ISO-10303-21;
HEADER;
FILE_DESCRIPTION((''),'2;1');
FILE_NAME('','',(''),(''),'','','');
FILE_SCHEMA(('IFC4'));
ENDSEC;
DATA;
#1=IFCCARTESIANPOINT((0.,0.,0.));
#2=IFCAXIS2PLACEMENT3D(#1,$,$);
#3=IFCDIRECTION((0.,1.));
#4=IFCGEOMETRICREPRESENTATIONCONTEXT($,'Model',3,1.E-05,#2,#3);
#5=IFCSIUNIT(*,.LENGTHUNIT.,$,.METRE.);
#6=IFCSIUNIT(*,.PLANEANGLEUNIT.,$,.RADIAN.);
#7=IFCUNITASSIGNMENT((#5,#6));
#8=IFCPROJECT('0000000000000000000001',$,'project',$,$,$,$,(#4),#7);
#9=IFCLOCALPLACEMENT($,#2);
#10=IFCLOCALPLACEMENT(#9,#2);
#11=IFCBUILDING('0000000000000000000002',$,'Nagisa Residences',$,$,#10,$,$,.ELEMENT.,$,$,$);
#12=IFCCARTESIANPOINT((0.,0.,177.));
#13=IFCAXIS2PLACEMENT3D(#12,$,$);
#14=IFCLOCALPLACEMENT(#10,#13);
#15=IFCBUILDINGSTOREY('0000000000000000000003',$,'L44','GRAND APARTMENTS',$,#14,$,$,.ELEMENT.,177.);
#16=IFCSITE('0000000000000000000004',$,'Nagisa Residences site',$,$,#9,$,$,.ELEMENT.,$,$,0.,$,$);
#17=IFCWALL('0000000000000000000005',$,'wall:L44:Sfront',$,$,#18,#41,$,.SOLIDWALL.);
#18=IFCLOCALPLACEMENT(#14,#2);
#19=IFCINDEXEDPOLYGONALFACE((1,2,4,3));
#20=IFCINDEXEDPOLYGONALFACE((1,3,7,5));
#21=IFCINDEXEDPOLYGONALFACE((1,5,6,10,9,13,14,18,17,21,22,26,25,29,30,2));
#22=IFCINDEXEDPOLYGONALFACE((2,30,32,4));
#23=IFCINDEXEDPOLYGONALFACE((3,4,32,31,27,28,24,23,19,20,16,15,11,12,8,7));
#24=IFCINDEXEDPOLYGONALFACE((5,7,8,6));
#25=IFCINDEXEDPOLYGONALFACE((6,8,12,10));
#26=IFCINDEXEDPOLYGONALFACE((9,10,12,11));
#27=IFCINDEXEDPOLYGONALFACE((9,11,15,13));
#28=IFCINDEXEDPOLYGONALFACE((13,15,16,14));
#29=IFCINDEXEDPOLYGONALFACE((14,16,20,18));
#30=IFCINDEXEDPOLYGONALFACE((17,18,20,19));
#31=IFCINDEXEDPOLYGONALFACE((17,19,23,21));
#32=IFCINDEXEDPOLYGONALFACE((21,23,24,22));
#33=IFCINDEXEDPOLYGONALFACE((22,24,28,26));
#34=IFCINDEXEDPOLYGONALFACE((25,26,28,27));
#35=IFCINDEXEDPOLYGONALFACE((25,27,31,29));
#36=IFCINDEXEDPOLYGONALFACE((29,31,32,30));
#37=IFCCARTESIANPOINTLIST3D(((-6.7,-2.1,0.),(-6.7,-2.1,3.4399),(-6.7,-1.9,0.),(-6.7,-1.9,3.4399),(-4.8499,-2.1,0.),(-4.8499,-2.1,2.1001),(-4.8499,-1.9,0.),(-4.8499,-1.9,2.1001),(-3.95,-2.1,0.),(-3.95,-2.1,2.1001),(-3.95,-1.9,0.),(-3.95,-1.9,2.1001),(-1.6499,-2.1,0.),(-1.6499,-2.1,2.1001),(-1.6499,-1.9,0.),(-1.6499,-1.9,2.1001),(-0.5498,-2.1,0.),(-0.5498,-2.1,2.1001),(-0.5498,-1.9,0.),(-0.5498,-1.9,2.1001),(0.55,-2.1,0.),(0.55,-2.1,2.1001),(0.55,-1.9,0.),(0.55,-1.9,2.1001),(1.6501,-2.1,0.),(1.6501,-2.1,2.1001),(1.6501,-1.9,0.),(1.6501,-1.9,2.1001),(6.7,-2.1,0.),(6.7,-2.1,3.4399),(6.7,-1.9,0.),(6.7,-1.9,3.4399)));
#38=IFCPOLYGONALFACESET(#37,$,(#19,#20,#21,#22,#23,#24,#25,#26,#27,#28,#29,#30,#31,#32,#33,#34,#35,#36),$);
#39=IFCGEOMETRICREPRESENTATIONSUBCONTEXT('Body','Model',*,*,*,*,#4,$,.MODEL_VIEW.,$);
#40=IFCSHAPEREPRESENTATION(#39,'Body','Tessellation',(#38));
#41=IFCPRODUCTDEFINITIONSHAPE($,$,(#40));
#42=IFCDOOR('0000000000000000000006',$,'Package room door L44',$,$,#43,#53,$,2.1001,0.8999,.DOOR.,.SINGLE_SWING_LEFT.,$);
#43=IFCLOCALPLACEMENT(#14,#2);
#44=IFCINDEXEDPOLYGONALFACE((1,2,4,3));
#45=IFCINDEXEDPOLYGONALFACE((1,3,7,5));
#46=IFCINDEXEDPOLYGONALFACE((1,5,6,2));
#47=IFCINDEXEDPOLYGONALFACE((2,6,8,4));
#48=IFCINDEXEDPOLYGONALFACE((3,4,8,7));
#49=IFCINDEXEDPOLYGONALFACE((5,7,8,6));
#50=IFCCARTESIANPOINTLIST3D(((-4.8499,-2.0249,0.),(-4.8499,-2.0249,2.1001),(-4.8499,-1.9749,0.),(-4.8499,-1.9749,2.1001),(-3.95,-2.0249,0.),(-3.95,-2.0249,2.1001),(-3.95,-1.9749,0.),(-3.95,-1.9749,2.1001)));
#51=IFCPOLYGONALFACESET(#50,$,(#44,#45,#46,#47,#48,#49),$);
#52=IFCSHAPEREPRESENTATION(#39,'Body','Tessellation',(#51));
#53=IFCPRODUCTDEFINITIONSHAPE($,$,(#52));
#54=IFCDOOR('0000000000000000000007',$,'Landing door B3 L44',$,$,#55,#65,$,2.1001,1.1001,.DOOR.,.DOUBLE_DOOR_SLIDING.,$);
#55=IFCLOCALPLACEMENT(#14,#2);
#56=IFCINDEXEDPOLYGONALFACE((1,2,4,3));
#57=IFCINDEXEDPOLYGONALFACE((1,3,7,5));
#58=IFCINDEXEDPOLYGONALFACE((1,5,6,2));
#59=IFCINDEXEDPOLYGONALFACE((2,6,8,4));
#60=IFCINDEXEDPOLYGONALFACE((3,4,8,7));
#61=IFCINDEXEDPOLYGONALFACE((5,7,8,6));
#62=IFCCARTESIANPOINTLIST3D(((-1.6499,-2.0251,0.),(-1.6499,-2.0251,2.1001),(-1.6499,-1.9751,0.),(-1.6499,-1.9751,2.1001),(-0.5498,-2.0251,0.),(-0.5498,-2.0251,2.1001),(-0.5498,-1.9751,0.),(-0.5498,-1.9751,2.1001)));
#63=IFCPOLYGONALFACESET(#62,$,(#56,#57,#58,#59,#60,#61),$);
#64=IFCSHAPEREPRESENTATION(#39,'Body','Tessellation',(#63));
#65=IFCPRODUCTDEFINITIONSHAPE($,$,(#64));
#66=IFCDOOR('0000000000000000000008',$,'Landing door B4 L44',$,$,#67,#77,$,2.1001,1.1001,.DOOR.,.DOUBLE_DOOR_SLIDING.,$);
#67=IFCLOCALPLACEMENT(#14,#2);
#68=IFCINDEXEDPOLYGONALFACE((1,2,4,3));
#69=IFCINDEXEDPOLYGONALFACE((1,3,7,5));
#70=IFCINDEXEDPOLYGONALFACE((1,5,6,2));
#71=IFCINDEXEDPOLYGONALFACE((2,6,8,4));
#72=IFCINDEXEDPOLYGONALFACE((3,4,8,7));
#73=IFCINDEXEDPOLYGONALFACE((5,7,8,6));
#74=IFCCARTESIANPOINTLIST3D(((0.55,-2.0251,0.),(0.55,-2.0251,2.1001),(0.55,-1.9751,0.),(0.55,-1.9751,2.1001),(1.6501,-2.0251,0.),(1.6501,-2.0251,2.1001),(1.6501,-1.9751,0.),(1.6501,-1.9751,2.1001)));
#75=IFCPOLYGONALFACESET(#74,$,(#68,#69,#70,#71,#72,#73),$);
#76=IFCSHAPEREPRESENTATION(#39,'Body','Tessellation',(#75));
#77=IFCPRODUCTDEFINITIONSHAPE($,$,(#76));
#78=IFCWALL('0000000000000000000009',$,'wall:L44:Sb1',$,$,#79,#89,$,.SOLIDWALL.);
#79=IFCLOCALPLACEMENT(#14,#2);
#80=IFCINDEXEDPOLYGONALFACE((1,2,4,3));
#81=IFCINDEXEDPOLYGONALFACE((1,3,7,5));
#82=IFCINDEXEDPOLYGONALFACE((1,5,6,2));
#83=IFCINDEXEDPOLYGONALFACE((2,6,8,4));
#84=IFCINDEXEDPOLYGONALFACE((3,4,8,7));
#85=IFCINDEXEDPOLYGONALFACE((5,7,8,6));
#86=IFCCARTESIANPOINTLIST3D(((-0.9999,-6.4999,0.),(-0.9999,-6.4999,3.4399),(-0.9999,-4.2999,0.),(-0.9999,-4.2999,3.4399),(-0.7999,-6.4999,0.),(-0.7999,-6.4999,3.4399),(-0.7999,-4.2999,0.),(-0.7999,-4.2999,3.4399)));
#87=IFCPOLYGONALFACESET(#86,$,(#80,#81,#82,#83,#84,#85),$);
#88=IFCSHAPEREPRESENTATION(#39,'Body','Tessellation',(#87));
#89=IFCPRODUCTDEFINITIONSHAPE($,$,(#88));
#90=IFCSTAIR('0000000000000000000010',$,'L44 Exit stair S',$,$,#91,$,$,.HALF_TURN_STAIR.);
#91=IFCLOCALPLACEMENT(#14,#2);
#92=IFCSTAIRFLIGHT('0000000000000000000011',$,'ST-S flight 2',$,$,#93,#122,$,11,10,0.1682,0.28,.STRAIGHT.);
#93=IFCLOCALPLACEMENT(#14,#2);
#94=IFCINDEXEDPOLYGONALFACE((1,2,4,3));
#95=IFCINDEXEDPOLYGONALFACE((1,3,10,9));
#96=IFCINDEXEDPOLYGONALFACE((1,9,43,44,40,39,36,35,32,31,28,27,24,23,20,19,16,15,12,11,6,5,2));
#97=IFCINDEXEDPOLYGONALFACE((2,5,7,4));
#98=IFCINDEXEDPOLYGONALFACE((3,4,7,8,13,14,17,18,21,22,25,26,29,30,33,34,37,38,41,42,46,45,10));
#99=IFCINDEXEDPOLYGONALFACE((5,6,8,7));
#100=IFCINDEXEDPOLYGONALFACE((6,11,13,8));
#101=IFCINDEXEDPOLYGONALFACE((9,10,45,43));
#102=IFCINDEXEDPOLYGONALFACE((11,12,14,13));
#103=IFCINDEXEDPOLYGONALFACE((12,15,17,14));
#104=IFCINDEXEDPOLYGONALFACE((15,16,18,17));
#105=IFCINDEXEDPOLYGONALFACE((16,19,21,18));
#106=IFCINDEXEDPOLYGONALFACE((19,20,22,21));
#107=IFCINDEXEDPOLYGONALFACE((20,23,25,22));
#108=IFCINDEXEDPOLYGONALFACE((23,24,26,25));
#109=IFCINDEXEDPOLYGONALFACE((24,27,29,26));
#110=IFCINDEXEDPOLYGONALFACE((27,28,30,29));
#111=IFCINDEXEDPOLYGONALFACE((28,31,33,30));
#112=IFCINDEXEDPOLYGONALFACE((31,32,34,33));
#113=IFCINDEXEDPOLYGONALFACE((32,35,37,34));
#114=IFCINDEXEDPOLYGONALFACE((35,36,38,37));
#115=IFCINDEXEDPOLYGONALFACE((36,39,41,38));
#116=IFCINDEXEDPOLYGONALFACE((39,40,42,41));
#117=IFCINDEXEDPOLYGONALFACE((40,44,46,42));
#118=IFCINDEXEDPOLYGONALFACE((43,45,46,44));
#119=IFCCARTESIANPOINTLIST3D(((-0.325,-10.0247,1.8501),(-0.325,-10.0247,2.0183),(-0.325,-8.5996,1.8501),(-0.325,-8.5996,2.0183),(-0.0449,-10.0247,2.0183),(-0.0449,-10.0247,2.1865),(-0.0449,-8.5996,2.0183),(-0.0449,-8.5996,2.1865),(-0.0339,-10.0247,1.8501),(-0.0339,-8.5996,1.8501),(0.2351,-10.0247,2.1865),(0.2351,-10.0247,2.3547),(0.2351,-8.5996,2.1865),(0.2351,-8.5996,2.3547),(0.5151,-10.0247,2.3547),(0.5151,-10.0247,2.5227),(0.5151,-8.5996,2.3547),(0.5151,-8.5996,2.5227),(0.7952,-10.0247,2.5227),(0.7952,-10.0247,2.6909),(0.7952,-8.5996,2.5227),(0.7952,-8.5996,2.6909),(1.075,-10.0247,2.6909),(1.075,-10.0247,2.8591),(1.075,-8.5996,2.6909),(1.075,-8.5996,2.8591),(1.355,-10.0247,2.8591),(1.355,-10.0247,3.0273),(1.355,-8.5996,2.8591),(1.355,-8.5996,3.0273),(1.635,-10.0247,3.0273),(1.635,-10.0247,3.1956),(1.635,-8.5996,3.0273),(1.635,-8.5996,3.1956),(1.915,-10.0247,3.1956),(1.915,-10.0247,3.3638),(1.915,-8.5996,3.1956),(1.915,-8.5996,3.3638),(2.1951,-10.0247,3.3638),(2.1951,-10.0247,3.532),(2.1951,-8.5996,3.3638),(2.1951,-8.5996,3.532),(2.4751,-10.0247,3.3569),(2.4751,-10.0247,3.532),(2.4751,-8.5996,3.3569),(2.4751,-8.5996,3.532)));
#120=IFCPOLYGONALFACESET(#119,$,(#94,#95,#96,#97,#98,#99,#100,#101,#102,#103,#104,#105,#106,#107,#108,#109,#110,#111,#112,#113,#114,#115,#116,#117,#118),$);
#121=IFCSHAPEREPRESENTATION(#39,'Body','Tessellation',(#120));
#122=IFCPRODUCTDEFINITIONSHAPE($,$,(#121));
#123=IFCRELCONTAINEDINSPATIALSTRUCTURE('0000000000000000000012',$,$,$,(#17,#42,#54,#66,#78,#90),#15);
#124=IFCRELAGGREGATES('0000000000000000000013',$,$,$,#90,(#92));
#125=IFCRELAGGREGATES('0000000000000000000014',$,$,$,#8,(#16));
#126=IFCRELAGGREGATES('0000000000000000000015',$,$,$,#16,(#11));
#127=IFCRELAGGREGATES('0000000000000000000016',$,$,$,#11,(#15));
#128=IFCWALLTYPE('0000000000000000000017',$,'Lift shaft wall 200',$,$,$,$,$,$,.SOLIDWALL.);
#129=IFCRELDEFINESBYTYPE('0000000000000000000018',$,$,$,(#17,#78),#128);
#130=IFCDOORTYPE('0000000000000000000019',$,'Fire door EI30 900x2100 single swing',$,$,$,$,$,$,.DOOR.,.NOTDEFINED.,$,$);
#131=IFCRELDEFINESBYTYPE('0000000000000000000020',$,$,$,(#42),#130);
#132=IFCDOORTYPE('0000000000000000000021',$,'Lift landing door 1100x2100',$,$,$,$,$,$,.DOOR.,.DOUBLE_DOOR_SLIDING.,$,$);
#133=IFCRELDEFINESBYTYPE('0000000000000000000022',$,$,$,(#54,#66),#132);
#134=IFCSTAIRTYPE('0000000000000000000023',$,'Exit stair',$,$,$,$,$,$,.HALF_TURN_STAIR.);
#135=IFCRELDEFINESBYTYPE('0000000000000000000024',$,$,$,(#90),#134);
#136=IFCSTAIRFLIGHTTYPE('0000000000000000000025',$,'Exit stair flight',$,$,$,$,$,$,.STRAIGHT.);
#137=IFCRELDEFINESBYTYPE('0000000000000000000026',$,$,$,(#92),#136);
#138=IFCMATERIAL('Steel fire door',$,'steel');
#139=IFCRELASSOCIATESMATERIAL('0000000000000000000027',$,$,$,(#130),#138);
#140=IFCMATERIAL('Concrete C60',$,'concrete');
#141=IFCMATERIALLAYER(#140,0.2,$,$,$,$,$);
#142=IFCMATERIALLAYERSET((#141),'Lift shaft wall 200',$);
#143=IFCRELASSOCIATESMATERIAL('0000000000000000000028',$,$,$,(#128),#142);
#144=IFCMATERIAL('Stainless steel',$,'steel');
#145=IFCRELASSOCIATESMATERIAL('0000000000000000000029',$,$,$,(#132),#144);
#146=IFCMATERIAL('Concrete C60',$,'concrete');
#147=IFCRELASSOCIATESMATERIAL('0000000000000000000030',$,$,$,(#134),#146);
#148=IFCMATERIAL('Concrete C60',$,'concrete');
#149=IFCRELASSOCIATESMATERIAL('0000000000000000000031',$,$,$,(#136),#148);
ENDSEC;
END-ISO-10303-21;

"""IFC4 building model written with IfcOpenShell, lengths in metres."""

from ifc_helpers import new_model, si_unit, direction, frame, frame_2d, origin, place, context, subcontext, project, spatial, polyline, rectangle, outline, extrude, material, layer, layer_set, type_object, element, fill, aggregate, save


model = new_model("IFC4")

# Units and contexts
model_context = context("Model", 3, precision=1e-05, world=origin(), true_north=direction((0.0, 1.0)))
body_context = subcontext(model_context, "Body", "Model", "MODEL_VIEW")
ifc_project = project(units=[si_unit("LENGTHUNIT", "METRE"), si_unit("PLANEANGLEUNIT", "RADIAN")], contexts=[model_context])

# Site, building, storey
site_placement = place(None, origin())
site = spatial("IfcSite", under=ifc_project, at=site_placement, Name="Nagisa Residences site", CompositionType="ELEMENT", RefElevation=0.0)
building_placement = place(site_placement, origin())
building = spatial("IfcBuilding", under=site, at=building_placement, Name="Nagisa Residences", CompositionType="ELEMENT")
storey_placement = place(building_placement, frame((0.0, 0.0, 177.0)))
storey = spatial("IfcBuildingStorey", under=building, at=storey_placement, Name="L44", Description="GRAND APARTMENTS", CompositionType="ELEMENT", Elevation=177.0)

# Shared definitions
ifc_material_1 = material(Name="Steel fire door", Category="steel")
door_type_1 = type_object("IfcDoorType", Name="Fire door EI30 900x2100 single swing", OperationType="NOTDEFINED", PredefinedType="DOOR", material=ifc_material_1)

# Shared definitions
ifc_material_2 = material(Name="Concrete C60", Category="concrete")
ifc_layer_1 = layer(ifc_material_2, 0.2)
ifc_layer_set_1 = layer_set([ifc_layer_1], Name="Lift shaft wall 200")
wall_type_1 = type_object("IfcWallType", Name="Lift shaft wall 200", PredefinedType="SOLIDWALL", material=ifc_layer_set_1)

# Wall, openings, doors
wall_1_placement = place(storey_placement, frame((-6.7, -2.0, 0.0), z_axis=(0.0, 0.0, 1.0), x_axis=(1.0, 0.0, 0.0)))
wall_1 = element("IfcWall", 1, at=wall_1_placement, inside=storey, type_object=wall_type_1, Name="wall:L44:Sfront", PredefinedType="SOLIDWALL", context=body_context, shape_type="SweptSolid", body=[
    extrude(rectangle(XDim=13.3999, YDim=0.2, at=frame_2d((6.7, 0.0))), origin(), (0.0, 0.0, 1.0), 3.4399),
])
opening_1_placement = place(wall_1_placement, frame((5.05, 0.0, 0.0)))
opening_1 = element("IfcOpeningElement", 2, at=opening_1_placement, cuts=wall_1, PredefinedType="OPENING", context=body_context, shape_type="SweptSolid", body=[
    extrude(rectangle(XDim=1.1001, YDim=2.1001, at=frame_2d((0.55, 1.05))), frame((0.0, 0.1099, 0.0), z_axis=(0.0, -1.0, 0.0), x_axis=(1.0, 0.0, 0.0)), (0.0, 0.0, 1.0), 0.22),
])
opening_2_placement = place(wall_1_placement, frame((7.25, 0.0, 0.0)))
opening_2 = element("IfcOpeningElement", 3, at=opening_2_placement, cuts=wall_1, PredefinedType="OPENING", context=body_context, shape_type="SweptSolid", body=[
    extrude(rectangle(XDim=1.1001, YDim=2.1001, at=frame_2d((0.55, 1.05))), frame((0.0, 0.1099, 0.0), z_axis=(0.0, -1.0, 0.0), x_axis=(1.0, 0.0, 0.0)), (0.0, 0.0, 1.0), 0.22),
])
opening_3_placement = place(wall_1_placement, frame((1.8501, 0.0, 0.0)))
opening_3 = element("IfcOpeningElement", 4, at=opening_3_placement, cuts=wall_1, PredefinedType="OPENING", context=body_context, shape_type="SweptSolid", body=[
    extrude(rectangle(XDim=0.8999, YDim=2.1001, at=frame_2d((0.45, 1.05))), frame((0.0, 0.1099, 0.0), z_axis=(0.0, -1.0, 0.0), x_axis=(1.0, 0.0, 0.0)), (0.0, 0.0, 1.0), 0.22),
])
door_1_placement = place(opening_3_placement, frame((0.8999, 0.0, 0.0), x_axis=(-1.0, 0.0, 0.0)))
door_1 = element("IfcDoor", 5, at=door_1_placement, inside=storey, type_object=door_type_1, Name="Package room door L44", OperationType="SINGLE_SWING_LEFT", OverallHeight=2.1001, OverallWidth=0.8999, PredefinedType="DOOR", context=body_context, shape_type="SweptSolid", body=[
    extrude(rectangle(XDim=0.8999, YDim=2.1001, at=frame_2d((0.45, 1.05))), frame((0.0, 0.0249, 0.0), z_axis=(0.0, -1.0, 0.0), x_axis=(1.0, 0.0, 0.0)), (0.0, 0.0, 1.0), 0.05),
])
fill(opening_3, door_1)
ifc_material_3 = material(Name="Stainless steel", Category="steel")
door_type_2 = type_object("IfcDoorType", Name="Lift landing door 1100x2100", OperationType="DOUBLE_DOOR_SLIDING", PredefinedType="DOOR", material=ifc_material_3)
door_2_placement = place(opening_1_placement, origin())
door_2 = element("IfcDoor", 6, at=door_2_placement, inside=storey, type_object=door_type_2, Name="Landing door B3 L44", OperationType="DOUBLE_DOOR_SLIDING", OverallHeight=2.1001, OverallWidth=1.1001, PredefinedType="DOOR", context=body_context, shape_type="SweptSolid", body=[
    extrude(rectangle(XDim=1.1001, YDim=2.1001, at=frame_2d((0.55, 1.05))), frame((0.0, 0.0249, 0.0), z_axis=(0.0, -1.0, 0.0), x_axis=(1.0, 0.0, 0.0)), (0.0, 0.0, 1.0), 0.05),
])
fill(opening_1, door_2)
door_3_placement = place(opening_2_placement, origin())
door_3 = element("IfcDoor", 7, at=door_3_placement, inside=storey, type_object=door_type_2, Name="Landing door B4 L44", OperationType="DOUBLE_DOOR_SLIDING", OverallHeight=2.1001, OverallWidth=1.1001, PredefinedType="DOOR", context=body_context, shape_type="SweptSolid", body=[
    extrude(rectangle(XDim=1.1001, YDim=2.1001, at=frame_2d((0.55, 1.05))), frame((0.0, 0.0249, 0.0), z_axis=(0.0, -1.0, 0.0), x_axis=(1.0, 0.0, 0.0)), (0.0, 0.0, 1.0), 0.05),
])
fill(opening_2, door_3)

# Wall
wall_2_placement = place(storey_placement, frame((-0.8999, -6.5, 0.0), z_axis=(0.0, 0.0, 1.0), x_axis=(0.0, 1.0, 0.0)))
element("IfcWall", 8, at=wall_2_placement, inside=storey, type_object=wall_type_1, Name="wall:L44:Sb1", PredefinedType="SOLIDWALL", context=body_context, shape_type="SweptSolid", body=[
    extrude(rectangle(XDim=2.2, YDim=0.2, at=frame_2d((1.1001, 0.0))), origin(), (0.0, 0.0, 1.0), 3.4399),
])

# Stair, stair flight
ifc_material_4 = material(Name="Concrete C60", Category="concrete")
stair_type = type_object("IfcStairType", Name="Exit stair", PredefinedType="HALF_TURN_STAIR", material=ifc_material_4)
stair_placement = place(storey_placement, origin())
stair = element("IfcStair", 9, at=stair_placement, inside=storey, type_object=stair_type, Name="L44 Exit stair S", PredefinedType="HALF_TURN_STAIR")
ifc_material_5 = material(Name="Concrete C60", Category="concrete")
stair_flight_type = type_object("IfcStairFlightType", Name="Exit stair flight", PredefinedType="STRAIGHT", material=ifc_material_5)
stair_flight_placement = place(storey_placement, frame((-0.325, -9.312, 1.8501), z_axis=(0.0, 0.0, 1.0), x_axis=(1.0, 0.0, 0.0)))
stair_flight = element("IfcStairFlight", 10, at=stair_flight_placement, type_object=stair_flight_type, Name="ST-S flight 2", NumberOfRisers=11, NumberOfTreads=10, PredefinedType="STRAIGHT", RiserHeight=0.1682, TreadLength=0.28, context=body_context, shape_type="SweptSolid", body=[
    extrude(outline(polyline([(0.0, 0.0), (0.0, 0.1682), (0.28, 0.1682), (0.28, 0.3364), (0.5601, 0.3364), (0.5601, 0.5046), (0.8401, 0.5046), (0.8401, 0.6726), (1.1201, 0.6726), (1.1201, 0.8408), (1.3999, 0.8408), (1.3999, 1.009), (1.6799, 1.009), (1.6799, 1.1772), (1.96, 1.1772), (1.96, 1.3455), (2.24, 1.3455), (2.24, 1.5137), (2.52, 1.5137), (2.52, 1.6819), (2.8, 1.6819), (2.8, 1.8501), (2.8, 1.5068), (0.291, 0.0), (0.0, 0.0)])), frame((0.0, 0.7124, 0.0), z_axis=(0.0, -1.0, 0.0), x_axis=(1.0, 0.0, 0.0)), (0.0, 0.0, 1.0), 1.425),
])
aggregate(stair, [stair_flight])

save(model, "model.ifc")
